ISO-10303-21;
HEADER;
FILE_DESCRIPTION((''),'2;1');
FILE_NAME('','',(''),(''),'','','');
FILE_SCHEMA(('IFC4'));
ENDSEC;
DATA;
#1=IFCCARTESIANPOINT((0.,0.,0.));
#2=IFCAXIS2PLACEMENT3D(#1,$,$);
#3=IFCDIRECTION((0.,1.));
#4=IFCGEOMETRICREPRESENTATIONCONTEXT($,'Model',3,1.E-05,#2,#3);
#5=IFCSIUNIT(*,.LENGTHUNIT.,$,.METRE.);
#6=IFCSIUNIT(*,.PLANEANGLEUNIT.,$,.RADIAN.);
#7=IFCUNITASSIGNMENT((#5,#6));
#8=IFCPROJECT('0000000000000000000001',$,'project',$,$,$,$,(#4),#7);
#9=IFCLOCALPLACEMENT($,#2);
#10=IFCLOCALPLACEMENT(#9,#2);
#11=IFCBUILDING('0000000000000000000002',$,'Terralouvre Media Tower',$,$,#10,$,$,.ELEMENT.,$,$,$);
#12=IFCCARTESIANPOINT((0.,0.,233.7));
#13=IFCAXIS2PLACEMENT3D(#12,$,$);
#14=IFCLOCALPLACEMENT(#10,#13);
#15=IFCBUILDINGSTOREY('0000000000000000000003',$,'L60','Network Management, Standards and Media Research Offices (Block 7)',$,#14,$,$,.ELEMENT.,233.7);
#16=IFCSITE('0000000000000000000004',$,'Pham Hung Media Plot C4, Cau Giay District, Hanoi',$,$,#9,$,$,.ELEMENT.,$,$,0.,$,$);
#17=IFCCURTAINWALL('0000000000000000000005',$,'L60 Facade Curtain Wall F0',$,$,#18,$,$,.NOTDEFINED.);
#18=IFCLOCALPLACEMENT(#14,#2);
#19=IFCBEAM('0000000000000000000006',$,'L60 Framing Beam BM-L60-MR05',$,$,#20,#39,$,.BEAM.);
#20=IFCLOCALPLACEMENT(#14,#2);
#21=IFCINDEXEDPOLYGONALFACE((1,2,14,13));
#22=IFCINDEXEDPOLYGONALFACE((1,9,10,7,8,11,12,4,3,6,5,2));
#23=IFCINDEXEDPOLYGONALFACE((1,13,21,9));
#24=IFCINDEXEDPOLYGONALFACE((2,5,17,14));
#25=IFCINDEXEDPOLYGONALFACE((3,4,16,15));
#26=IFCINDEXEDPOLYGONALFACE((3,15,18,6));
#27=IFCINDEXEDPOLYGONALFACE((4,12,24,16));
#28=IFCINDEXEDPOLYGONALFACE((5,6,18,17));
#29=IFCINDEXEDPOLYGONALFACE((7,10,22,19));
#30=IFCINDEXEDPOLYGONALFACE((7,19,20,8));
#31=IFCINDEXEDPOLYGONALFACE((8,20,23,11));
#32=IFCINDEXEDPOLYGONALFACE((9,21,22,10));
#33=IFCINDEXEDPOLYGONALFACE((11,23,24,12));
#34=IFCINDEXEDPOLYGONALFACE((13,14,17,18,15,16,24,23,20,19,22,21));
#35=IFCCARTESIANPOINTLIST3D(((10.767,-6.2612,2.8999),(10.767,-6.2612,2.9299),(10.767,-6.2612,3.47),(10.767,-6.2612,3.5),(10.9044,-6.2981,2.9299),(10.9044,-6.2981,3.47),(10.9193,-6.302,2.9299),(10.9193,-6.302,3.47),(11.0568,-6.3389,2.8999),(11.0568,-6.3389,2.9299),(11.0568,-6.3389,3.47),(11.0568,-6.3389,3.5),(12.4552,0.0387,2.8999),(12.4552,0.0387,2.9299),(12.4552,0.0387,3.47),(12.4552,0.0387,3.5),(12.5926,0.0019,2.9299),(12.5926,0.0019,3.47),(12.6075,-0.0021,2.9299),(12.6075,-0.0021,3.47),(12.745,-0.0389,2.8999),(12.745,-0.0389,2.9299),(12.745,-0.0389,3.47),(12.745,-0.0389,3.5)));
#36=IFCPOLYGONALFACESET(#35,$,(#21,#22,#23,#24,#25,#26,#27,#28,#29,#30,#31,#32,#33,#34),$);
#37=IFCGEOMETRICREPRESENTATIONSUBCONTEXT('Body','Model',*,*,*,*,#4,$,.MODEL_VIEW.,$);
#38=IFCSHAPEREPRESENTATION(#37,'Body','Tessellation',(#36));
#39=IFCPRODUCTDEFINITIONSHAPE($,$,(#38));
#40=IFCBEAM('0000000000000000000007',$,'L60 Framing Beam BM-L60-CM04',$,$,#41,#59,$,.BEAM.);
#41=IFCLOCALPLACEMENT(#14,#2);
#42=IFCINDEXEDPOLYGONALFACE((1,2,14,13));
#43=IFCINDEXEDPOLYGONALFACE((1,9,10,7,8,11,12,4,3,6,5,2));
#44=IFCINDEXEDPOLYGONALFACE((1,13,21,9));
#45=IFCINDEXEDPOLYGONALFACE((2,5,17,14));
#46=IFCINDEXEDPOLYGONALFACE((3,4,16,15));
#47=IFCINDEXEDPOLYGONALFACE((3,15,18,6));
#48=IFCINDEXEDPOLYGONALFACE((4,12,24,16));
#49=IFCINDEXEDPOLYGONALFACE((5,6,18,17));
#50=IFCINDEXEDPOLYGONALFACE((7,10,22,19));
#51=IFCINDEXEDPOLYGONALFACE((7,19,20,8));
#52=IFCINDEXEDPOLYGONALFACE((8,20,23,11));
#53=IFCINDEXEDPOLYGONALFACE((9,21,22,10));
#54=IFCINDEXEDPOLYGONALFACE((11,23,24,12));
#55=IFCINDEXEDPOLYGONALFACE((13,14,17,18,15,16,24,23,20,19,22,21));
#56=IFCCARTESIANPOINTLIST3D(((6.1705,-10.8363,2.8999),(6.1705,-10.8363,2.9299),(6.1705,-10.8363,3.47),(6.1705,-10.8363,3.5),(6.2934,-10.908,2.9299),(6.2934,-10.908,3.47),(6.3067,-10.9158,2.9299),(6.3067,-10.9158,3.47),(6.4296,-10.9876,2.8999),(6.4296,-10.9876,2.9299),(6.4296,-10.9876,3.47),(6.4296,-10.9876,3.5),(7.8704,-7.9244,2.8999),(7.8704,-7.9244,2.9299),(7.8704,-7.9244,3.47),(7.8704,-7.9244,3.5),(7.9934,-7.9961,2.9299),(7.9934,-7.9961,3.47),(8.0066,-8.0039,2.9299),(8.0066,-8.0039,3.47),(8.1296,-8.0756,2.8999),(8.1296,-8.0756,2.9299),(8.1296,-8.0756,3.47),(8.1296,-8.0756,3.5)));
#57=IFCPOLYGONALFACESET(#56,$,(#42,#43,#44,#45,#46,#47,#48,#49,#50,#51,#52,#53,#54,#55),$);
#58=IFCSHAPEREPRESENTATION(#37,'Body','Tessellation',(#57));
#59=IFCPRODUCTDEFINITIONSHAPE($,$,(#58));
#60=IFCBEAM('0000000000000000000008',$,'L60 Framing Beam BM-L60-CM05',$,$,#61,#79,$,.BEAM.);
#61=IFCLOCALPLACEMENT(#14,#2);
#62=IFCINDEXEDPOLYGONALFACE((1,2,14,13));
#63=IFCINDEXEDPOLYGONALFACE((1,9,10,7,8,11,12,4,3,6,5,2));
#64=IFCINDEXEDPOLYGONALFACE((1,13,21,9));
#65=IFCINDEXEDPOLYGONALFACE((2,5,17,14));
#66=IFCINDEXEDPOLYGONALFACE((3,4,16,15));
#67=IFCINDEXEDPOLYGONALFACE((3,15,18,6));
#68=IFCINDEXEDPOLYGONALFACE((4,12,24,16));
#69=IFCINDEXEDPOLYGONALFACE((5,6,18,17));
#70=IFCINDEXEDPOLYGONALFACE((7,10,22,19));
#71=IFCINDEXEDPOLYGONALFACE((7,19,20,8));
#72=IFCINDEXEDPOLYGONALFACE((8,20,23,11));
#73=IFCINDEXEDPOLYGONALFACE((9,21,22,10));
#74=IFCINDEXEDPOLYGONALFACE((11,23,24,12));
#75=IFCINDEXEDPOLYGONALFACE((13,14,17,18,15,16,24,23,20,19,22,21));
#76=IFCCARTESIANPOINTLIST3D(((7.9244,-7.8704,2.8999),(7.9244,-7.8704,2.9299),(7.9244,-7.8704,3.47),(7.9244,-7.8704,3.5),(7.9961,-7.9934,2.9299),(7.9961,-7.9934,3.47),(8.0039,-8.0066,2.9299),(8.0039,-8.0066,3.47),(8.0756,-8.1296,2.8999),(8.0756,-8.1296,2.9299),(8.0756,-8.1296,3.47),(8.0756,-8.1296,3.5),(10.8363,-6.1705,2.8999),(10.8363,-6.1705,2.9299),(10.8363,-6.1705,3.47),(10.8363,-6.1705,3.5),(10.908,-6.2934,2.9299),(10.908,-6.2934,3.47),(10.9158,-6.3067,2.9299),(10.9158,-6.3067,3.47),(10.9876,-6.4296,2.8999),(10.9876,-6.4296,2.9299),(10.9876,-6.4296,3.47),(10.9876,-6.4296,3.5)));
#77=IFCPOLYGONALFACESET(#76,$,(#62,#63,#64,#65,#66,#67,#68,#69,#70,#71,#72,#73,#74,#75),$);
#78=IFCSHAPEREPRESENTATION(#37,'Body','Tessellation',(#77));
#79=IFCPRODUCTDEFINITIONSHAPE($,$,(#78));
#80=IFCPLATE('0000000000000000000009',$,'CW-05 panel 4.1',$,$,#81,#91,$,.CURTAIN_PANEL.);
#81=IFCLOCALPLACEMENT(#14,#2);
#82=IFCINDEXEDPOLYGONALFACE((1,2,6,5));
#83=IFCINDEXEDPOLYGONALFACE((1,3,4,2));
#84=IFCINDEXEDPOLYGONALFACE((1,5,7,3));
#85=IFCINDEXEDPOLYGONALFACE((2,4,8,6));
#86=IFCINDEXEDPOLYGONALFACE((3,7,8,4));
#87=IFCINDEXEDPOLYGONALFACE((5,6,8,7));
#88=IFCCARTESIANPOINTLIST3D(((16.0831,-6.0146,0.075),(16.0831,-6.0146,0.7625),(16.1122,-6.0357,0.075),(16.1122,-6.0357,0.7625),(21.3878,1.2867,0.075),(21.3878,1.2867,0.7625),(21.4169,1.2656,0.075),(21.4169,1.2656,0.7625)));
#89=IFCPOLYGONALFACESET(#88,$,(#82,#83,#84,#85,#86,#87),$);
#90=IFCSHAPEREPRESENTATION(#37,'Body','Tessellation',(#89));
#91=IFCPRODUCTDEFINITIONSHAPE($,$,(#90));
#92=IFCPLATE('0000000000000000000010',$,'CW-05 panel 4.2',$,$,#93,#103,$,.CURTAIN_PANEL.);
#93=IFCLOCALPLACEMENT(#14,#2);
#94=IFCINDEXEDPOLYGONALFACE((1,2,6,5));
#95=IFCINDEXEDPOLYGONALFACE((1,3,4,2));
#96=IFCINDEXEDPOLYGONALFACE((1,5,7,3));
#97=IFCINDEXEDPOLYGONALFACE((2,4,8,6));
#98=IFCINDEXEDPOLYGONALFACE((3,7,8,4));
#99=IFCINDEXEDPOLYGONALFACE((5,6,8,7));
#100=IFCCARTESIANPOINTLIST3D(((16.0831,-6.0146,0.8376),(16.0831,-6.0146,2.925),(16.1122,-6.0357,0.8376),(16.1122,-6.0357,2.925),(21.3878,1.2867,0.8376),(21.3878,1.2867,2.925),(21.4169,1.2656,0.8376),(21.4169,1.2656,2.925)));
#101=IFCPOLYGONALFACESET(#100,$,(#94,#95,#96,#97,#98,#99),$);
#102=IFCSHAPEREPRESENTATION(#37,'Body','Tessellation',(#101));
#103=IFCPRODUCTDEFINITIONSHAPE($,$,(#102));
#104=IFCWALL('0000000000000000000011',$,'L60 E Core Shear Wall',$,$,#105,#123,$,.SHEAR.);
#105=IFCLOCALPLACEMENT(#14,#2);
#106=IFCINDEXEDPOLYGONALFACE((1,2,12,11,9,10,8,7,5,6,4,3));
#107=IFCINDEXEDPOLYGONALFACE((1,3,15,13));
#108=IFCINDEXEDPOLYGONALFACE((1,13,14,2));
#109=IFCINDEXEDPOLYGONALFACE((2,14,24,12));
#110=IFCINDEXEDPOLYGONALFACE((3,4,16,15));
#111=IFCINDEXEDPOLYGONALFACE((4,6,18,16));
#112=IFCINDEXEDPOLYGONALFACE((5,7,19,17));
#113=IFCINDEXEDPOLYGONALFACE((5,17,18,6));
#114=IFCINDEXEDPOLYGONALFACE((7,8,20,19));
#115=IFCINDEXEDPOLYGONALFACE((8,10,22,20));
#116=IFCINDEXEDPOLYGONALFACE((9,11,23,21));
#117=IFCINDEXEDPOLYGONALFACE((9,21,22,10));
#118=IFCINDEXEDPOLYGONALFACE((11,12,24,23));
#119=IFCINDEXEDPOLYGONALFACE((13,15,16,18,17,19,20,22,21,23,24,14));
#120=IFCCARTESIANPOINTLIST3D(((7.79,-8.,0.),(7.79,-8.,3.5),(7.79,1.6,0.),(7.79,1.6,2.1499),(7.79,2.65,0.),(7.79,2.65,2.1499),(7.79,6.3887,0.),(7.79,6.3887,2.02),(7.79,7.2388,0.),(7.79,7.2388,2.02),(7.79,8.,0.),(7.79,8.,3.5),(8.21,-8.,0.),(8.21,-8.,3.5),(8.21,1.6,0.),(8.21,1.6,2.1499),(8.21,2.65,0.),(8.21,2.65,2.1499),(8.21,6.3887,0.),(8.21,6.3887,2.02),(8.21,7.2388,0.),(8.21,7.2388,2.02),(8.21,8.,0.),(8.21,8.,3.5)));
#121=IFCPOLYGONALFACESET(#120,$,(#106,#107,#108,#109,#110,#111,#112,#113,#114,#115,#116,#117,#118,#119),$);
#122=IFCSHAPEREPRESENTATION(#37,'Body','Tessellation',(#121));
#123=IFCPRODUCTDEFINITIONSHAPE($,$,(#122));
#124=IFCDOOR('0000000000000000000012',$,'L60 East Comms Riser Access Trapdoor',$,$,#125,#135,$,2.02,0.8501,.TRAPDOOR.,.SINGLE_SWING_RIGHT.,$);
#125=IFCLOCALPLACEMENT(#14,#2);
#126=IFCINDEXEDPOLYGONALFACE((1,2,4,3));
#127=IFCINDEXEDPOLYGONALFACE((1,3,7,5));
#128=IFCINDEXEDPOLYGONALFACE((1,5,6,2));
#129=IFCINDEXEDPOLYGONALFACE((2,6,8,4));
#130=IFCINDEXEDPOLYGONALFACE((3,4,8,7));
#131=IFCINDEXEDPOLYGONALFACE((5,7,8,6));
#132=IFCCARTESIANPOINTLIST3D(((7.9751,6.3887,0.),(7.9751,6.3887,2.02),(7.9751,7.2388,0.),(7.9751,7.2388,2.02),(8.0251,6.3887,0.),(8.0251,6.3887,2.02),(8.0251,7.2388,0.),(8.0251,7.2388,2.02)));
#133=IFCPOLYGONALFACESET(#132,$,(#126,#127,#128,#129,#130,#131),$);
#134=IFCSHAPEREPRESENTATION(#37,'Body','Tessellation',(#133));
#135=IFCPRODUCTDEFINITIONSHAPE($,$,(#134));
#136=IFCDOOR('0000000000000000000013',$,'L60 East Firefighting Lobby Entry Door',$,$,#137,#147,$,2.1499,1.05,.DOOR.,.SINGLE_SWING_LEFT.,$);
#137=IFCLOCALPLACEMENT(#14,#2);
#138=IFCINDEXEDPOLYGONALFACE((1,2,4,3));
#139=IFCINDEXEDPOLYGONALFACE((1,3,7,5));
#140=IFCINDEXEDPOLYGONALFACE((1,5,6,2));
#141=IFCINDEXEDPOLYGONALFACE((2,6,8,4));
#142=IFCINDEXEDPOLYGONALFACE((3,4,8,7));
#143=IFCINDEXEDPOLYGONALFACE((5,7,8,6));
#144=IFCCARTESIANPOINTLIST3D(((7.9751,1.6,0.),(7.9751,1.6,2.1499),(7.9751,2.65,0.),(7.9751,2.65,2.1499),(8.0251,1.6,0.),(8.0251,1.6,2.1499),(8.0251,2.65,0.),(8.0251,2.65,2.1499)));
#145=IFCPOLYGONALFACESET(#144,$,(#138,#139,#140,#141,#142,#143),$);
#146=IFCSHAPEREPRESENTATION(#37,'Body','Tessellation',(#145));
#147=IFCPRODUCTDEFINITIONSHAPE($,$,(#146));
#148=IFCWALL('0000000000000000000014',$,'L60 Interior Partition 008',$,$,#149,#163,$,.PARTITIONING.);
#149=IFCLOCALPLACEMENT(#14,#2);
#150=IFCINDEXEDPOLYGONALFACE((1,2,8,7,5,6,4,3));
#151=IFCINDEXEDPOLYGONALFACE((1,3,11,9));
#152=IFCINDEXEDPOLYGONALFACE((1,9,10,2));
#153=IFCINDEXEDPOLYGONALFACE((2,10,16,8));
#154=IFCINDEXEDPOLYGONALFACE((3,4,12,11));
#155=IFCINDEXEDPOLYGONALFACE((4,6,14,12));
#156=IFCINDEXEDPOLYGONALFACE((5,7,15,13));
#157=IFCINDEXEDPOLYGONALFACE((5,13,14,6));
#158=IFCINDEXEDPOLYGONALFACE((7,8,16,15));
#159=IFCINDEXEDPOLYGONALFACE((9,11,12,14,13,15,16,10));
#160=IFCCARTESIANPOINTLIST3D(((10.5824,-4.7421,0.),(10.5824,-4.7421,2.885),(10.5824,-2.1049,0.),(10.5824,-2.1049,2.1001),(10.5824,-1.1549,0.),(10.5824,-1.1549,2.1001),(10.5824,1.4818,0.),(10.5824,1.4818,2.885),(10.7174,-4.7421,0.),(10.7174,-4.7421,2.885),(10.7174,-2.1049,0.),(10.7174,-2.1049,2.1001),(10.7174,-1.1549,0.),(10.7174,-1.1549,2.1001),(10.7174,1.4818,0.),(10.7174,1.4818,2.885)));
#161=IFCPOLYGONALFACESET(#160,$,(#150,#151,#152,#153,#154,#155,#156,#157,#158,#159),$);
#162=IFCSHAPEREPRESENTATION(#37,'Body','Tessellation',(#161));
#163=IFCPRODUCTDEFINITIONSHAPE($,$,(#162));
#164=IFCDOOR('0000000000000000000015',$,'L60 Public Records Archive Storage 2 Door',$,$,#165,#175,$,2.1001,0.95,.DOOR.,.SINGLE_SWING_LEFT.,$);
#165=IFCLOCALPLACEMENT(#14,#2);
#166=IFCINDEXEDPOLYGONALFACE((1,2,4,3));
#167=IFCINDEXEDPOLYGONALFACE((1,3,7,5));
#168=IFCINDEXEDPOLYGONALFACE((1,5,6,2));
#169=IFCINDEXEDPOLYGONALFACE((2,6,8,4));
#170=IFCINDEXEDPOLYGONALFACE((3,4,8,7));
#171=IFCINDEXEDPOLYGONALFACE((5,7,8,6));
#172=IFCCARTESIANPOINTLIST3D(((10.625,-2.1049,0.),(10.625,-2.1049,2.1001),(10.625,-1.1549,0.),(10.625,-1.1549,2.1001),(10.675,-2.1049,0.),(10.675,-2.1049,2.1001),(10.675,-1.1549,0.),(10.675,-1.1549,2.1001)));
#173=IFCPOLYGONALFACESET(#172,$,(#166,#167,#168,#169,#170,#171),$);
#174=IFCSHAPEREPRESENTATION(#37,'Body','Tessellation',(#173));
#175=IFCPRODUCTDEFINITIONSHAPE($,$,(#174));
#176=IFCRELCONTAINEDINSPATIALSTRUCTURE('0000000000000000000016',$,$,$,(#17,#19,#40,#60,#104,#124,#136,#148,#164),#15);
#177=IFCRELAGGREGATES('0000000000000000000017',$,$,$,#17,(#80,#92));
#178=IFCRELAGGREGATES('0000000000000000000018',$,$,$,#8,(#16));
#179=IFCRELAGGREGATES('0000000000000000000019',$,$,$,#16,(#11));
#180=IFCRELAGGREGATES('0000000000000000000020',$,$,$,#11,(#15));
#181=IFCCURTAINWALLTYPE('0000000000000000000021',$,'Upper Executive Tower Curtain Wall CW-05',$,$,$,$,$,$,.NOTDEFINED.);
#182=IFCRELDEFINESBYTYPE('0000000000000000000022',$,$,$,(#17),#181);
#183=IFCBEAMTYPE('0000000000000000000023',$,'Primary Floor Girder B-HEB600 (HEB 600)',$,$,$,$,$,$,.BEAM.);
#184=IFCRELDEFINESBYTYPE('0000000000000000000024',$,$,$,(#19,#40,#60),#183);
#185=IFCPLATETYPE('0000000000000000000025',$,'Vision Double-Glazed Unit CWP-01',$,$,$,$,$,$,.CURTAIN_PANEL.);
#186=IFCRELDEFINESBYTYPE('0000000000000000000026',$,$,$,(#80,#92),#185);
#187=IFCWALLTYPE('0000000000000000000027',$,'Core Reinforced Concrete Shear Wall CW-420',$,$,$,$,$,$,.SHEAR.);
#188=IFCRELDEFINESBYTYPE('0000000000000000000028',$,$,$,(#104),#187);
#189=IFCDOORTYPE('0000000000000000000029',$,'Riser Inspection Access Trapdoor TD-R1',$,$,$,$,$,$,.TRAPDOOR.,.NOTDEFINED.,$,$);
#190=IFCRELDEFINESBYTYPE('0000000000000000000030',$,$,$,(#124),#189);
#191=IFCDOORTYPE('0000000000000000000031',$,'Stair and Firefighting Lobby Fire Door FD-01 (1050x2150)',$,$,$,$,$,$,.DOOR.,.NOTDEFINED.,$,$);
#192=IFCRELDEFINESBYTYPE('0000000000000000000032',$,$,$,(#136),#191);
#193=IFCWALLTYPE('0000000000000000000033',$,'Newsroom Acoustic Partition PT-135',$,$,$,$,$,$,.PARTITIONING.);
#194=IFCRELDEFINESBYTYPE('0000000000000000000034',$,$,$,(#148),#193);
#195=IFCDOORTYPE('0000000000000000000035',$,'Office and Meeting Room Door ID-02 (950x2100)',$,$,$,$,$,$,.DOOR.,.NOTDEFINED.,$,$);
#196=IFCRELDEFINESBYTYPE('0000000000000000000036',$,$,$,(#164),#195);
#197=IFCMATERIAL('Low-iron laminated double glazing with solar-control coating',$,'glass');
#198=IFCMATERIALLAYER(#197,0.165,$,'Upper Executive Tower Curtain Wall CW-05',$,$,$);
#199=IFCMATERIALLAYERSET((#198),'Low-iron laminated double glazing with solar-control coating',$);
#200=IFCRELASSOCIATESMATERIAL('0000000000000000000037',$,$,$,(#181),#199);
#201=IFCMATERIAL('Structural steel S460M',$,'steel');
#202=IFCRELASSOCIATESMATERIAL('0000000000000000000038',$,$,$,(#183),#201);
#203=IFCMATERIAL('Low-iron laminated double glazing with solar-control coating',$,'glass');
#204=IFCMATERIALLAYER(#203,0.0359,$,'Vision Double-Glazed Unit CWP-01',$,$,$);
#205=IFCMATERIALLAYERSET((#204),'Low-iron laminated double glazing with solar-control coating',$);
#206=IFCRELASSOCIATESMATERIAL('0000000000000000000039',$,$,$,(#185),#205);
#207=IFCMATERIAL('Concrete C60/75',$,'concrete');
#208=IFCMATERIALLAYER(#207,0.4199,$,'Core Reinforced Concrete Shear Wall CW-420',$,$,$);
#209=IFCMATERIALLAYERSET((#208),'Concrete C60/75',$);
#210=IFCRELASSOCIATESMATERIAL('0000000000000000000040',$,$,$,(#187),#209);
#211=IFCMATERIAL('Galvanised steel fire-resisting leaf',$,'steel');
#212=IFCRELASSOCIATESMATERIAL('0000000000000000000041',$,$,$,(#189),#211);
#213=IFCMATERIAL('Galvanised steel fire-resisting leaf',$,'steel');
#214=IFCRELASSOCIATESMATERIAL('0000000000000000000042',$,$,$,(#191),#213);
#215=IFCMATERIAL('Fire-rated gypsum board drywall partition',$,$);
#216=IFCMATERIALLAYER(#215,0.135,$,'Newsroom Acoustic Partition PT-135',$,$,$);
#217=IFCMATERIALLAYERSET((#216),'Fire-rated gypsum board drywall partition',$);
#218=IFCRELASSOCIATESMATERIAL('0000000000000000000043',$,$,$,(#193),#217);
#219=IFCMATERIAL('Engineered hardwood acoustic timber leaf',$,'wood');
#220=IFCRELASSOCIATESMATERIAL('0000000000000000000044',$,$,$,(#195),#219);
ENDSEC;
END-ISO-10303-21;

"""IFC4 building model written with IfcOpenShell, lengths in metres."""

from ifc_helpers import new_model, si_unit, direction, frame, frame_2d, origin, origin_2d, place, context, subcontext, project, spatial, rectangle, i_section, extrude, material, layer, layer_set, material_profile, profile_set, type_object, element, fill, aggregate, save


model = new_model("IFC4")

# Units and contexts
model_context = context("Model", 3, precision=1e-05, world=origin(), true_north=direction((0.0, 1.0)))
body_context = subcontext(model_context, "Body", "Model", "MODEL_VIEW")
ifc_project = project(units=[si_unit("LENGTHUNIT", "METRE"), si_unit("PLANEANGLEUNIT", "RADIAN")], contexts=[model_context])

# Site, building, storey
site_placement = place(None, origin())
site = spatial("IfcSite", under=ifc_project, at=site_placement, Name="Pham Hung Media Plot C4, Cau Giay District, Hanoi", CompositionType="ELEMENT", RefElevation=0.0)
building_placement = place(site_placement, origin())
building = spatial("IfcBuilding", under=site, at=building_placement, Name="Terralouvre Media Tower", CompositionType="ELEMENT")
storey_placement = place(building_placement, frame((0.0, 0.0, 233.7)))
storey = spatial("IfcBuildingStorey", under=building, at=storey_placement, Name="L60", Description="Network Management, Standards and Media Research Offices (Block 7)", CompositionType="ELEMENT", Elevation=233.7)

# Curtain wall
ifc_material_1 = material(Name="Low-iron laminated double glazing with solar-control coating", Category="glass")
ifc_layer_1 = layer(ifc_material_1, 0.165, Name="Upper Executive Tower Curtain Wall CW-05")
ifc_layer_set_1 = layer_set([ifc_layer_1], Name="Low-iron laminated double glazing with solar-control coating")
curtain_wall_type = type_object("IfcCurtainWallType", Name="Upper Executive Tower Curtain Wall CW-05", PredefinedType="NOTDEFINED", material=ifc_layer_set_1)
curtain_wall_placement = place(storey_placement, origin())
curtain_wall = element("IfcCurtainWall", 1, at=curtain_wall_placement, inside=storey, type_object=curtain_wall_type, Name="L60 Facade Curtain Wall F0", PredefinedType="NOTDEFINED")

# Beams
ifc_material_2 = material(Name="Structural steel S460M", Category="steel")
ifc_material_profile_1 = material_profile(ifc_material_2, i_section(OverallWidth=0.3, OverallDepth=0.6001, WebThickness=0.0154, FlangeThickness=0.03, at=origin_2d()), Name="HEB 600")
ifc_profile_set_1 = profile_set([ifc_material_profile_1], Name="Structural steel S460M")
beam_type_1 = type_object("IfcBeamType", Name="Primary Floor Girder B-HEB600 (HEB 600)", PredefinedType="BEAM", material=ifc_profile_set_1)
beam_1_placement = place(storey_placement, frame((10.9119, -6.3, 3.2), z_axis=(0.258839, 0.96592, 0.0), x_axis=(-0.96592, 0.258839, 0.0)))
element("IfcBeam", 2, at=beam_1_placement, inside=storey, type_object=beam_type_1, Name="L60 Framing Beam BM-L60-MR05", PredefinedType="BEAM", context=body_context, shape_type="SweptSolid", body=[
    extrude(i_section(OverallWidth=0.3, OverallDepth=0.6001, WebThickness=0.0154, FlangeThickness=0.03, at=origin_2d()), origin(), (0.0, 0.0, 1.0), 6.5222),
])
for number, where, z_axis, x_axis, name in (
    (3, (8.0, -8.0, 3.2), (-0.504173, -0.863603, 0.0), (0.863603, -0.504173, 0.0), "L60 Framing Beam BM-L60-CM04"),
    (4, (8.0, -8.0, 3.2), (0.863603, 0.504173, 0.0), (-0.504173, 0.863603, 0.0), "L60 Framing Beam BM-L60-CM05"),
):
    element("IfcBeam", number, at=place(storey_placement, frame(where, z_axis=z_axis, x_axis=x_axis)), inside=storey, type_object=beam_type_1, Name=name, PredefinedType="BEAM", context=body_context, shape_type="SweptSolid", body=[
        extrude(i_section(OverallWidth=0.3, OverallDepth=0.6001, WebThickness=0.0154, FlangeThickness=0.03, at=origin_2d()), origin(), (0.0, 0.0, 1.0), 3.3718),
    ])

# Plates
ifc_material_3 = material(Name="Low-iron laminated double glazing with solar-control coating", Category="glass")
ifc_layer_2 = layer(ifc_material_3, 0.0359, Name="Vision Double-Glazed Unit CWP-01")
ifc_layer_set_2 = layer_set([ifc_layer_2], Name="Low-iron laminated double glazing with solar-control coating")
plate_type = type_object("IfcPlateType", Name="Vision Double-Glazed Unit CWP-01", PredefinedType="CURTAIN_PANEL", material=ifc_layer_set_2)
plate_1_placement = place(storey_placement, frame((18.75, -2.3745, 0.075), z_axis=(0.0, 0.0, 1.0), x_axis=(0.587785, 0.809017, 0.0)))
plate_1 = element("IfcPlate", 5, at=plate_1_placement, type_object=plate_type, Name="CW-05 panel 4.1", PredefinedType="CURTAIN_PANEL", context=body_context, shape_type="SweptSolid", body=[
    extrude(rectangle(XDim=9.0249, YDim=0.0359, at=origin_2d()), origin(), (0.0, 0.0, 1.0), 0.6875),
])
plate_2_placement = place(storey_placement, frame((18.75, -2.3745, 0.8376), z_axis=(0.0, 0.0, 1.0), x_axis=(0.587785, 0.809017, 0.0)))
plate_2 = element("IfcPlate", 6, at=plate_2_placement, type_object=plate_type, Name="CW-05 panel 4.2", PredefinedType="CURTAIN_PANEL", context=body_context, shape_type="SweptSolid", body=[
    extrude(rectangle(XDim=9.0249, YDim=0.0359, at=origin_2d()), origin(), (0.0, 0.0, 1.0), 2.0874),
])
aggregate(curtain_wall, [plate_1, plate_2])

# Wall, openings, doors
ifc_material_4 = material(Name="Concrete C60/75", Category="concrete")
ifc_layer_3 = layer(ifc_material_4, 0.4199, Name="Core Reinforced Concrete Shear Wall CW-420")
ifc_layer_set_3 = layer_set([ifc_layer_3], Name="Concrete C60/75")
wall_type_1 = type_object("IfcWallType", Name="Core Reinforced Concrete Shear Wall CW-420", PredefinedType="SHEAR", material=ifc_layer_set_3)
wall_1_placement = place(storey_placement, frame((8.0, -8.0, 0.0), z_axis=(0.0, 0.0, 1.0), x_axis=(0.0, 1.0, 0.0)))
wall_1 = element("IfcWall", 7, at=wall_1_placement, inside=storey, type_object=wall_type_1, Name="L60 E Core Shear Wall", PredefinedType="SHEAR", context=body_context, shape_type="SweptSolid", body=[
    extrude(rectangle(XDim=16.0, YDim=0.4199, at=frame_2d((8.0, 0.0))), origin(), (0.0, 0.0, 1.0), 3.5),
])
opening_1_placement = place(wall_1_placement, frame((9.6001, 0.0, 0.0)))
opening_1 = element("IfcOpeningElement", 8, at=opening_1_placement, cuts=wall_1, PredefinedType="OPENING", context=body_context, shape_type="SweptSolid", body=[
    extrude(rectangle(XDim=1.05, YDim=2.1499, at=frame_2d((0.5249, 1.075))), frame((0.0, 0.22, 0.0), z_axis=(0.0, -1.0, 0.0), x_axis=(1.0, 0.0, 0.0)), (0.0, 0.0, 1.0), 0.4399),
])
opening_2_placement = place(wall_1_placement, frame((14.3887, 0.0, 0.0)))
opening_2 = element("IfcOpeningElement", 9, at=opening_2_placement, cuts=wall_1, PredefinedType="OPENING", context=body_context, shape_type="SweptSolid", body=[
    extrude(rectangle(XDim=0.8501, YDim=2.02, at=frame_2d((0.425, 1.01))), frame((0.0, 0.22, 0.0), z_axis=(0.0, -1.0, 0.0), x_axis=(1.0, 0.0, 0.0)), (0.0, 0.0, 1.0), 0.4399),
])
ifc_material_5 = material(Name="Galvanised steel fire-resisting leaf", Category="steel")
door_type_1 = type_object("IfcDoorType", Name="Riser Inspection Access Trapdoor TD-R1", OperationType="NOTDEFINED", PredefinedType="TRAPDOOR", material=ifc_material_5)
door_1_placement = place(opening_2_placement, origin())
door_1 = element("IfcDoor", 10, at=door_1_placement, inside=storey, type_object=door_type_1, Name="L60 East Comms Riser Access Trapdoor", OperationType="SINGLE_SWING_RIGHT", OverallHeight=2.02, OverallWidth=0.8501, PredefinedType="TRAPDOOR", context=body_context, shape_type="SweptSolid", body=[
    extrude(rectangle(XDim=0.8501, YDim=2.02, at=frame_2d((0.425, 1.01))), frame((0.0, 0.0249, 0.0), z_axis=(0.0, -1.0, 0.0), x_axis=(1.0, 0.0, 0.0)), (0.0, 0.0, 1.0), 0.05),
])
fill(opening_2, door_1)
ifc_material_6 = material(Name="Galvanised steel fire-resisting leaf", Category="steel")
door_type_2 = type_object("IfcDoorType", Name="Stair and Firefighting Lobby Fire Door FD-01 (1050x2150)", OperationType="NOTDEFINED", PredefinedType="DOOR", material=ifc_material_6)
door_2_placement = place(opening_1_placement, origin())
door_2 = element("IfcDoor", 11, at=door_2_placement, inside=storey, type_object=door_type_2, Name="L60 East Firefighting Lobby Entry Door", OperationType="SINGLE_SWING_LEFT", OverallHeight=2.1499, OverallWidth=1.05, PredefinedType="DOOR", context=body_context, shape_type="SweptSolid", body=[
    extrude(rectangle(XDim=1.05, YDim=2.1499, at=frame_2d((0.5249, 1.075))), frame((0.0, 0.0249, 0.0), z_axis=(0.0, -1.0, 0.0), x_axis=(1.0, 0.0, 0.0)), (0.0, 0.0, 1.0), 0.05),
])
fill(opening_1, door_2)

# Wall, opening, door
ifc_material_7 = material(Name="Fire-rated gypsum board drywall partition")
ifc_layer_4 = layer(ifc_material_7, 0.135, Name="Newsroom Acoustic Partition PT-135")
ifc_layer_set_4 = layer_set([ifc_layer_4], Name="Fire-rated gypsum board drywall partition")
wall_type_2 = type_object("IfcWallType", Name="Newsroom Acoustic Partition PT-135", PredefinedType="PARTITIONING", material=ifc_layer_set_4)
wall_2_placement = place(storey_placement, frame((10.6499, -4.7419, 0.0), z_axis=(0.0, 0.0, 1.0), x_axis=(0.0, 1.0, 0.0)))
wall_2 = element("IfcWall", 12, at=wall_2_placement, inside=storey, type_object=wall_type_2, Name="L60 Interior Partition 008", PredefinedType="PARTITIONING", context=body_context, shape_type="SweptSolid", body=[
    extrude(rectangle(XDim=6.2239, YDim=0.135, at=frame_2d((3.1118, 0.0))), origin(), (0.0, 0.0, 1.0), 2.885),
])
opening_3_placement = place(wall_2_placement, frame((2.637, 0.0, 0.0)))
opening_3 = element("IfcOpeningElement", 13, at=opening_3_placement, cuts=wall_2, PredefinedType="OPENING", context=body_context, shape_type="SweptSolid", body=[
    extrude(rectangle(XDim=0.95, YDim=2.1001, at=frame_2d((0.4751, 1.05))), frame((0.0, 0.0774, 0.0), z_axis=(0.0, -1.0, 0.0), x_axis=(1.0, 0.0, 0.0)), (0.0, 0.0, 1.0), 0.155),
])
ifc_material_8 = material(Name="Engineered hardwood acoustic timber leaf", Category="wood")
door_type_3 = type_object("IfcDoorType", Name="Office and Meeting Room Door ID-02 (950x2100)", OperationType="NOTDEFINED", PredefinedType="DOOR", material=ifc_material_8)
door_3_placement = place(opening_3_placement, origin())
door_3 = element("IfcDoor", 14, at=door_3_placement, inside=storey, type_object=door_type_3, Name="L60 Public Records Archive Storage 2 Door", OperationType="SINGLE_SWING_LEFT", OverallHeight=2.1001, OverallWidth=0.95, PredefinedType="DOOR", context=body_context, shape_type="SweptSolid", body=[
    extrude(rectangle(XDim=0.95, YDim=2.1001, at=frame_2d((0.4751, 1.05))), frame((0.0, 0.0249, 0.0), z_axis=(0.0, -1.0, 0.0), x_axis=(1.0, 0.0, 0.0)), (0.0, 0.0, 1.0), 0.05),
])
fill(opening_3, door_3)

save(model, "model.ifc")
